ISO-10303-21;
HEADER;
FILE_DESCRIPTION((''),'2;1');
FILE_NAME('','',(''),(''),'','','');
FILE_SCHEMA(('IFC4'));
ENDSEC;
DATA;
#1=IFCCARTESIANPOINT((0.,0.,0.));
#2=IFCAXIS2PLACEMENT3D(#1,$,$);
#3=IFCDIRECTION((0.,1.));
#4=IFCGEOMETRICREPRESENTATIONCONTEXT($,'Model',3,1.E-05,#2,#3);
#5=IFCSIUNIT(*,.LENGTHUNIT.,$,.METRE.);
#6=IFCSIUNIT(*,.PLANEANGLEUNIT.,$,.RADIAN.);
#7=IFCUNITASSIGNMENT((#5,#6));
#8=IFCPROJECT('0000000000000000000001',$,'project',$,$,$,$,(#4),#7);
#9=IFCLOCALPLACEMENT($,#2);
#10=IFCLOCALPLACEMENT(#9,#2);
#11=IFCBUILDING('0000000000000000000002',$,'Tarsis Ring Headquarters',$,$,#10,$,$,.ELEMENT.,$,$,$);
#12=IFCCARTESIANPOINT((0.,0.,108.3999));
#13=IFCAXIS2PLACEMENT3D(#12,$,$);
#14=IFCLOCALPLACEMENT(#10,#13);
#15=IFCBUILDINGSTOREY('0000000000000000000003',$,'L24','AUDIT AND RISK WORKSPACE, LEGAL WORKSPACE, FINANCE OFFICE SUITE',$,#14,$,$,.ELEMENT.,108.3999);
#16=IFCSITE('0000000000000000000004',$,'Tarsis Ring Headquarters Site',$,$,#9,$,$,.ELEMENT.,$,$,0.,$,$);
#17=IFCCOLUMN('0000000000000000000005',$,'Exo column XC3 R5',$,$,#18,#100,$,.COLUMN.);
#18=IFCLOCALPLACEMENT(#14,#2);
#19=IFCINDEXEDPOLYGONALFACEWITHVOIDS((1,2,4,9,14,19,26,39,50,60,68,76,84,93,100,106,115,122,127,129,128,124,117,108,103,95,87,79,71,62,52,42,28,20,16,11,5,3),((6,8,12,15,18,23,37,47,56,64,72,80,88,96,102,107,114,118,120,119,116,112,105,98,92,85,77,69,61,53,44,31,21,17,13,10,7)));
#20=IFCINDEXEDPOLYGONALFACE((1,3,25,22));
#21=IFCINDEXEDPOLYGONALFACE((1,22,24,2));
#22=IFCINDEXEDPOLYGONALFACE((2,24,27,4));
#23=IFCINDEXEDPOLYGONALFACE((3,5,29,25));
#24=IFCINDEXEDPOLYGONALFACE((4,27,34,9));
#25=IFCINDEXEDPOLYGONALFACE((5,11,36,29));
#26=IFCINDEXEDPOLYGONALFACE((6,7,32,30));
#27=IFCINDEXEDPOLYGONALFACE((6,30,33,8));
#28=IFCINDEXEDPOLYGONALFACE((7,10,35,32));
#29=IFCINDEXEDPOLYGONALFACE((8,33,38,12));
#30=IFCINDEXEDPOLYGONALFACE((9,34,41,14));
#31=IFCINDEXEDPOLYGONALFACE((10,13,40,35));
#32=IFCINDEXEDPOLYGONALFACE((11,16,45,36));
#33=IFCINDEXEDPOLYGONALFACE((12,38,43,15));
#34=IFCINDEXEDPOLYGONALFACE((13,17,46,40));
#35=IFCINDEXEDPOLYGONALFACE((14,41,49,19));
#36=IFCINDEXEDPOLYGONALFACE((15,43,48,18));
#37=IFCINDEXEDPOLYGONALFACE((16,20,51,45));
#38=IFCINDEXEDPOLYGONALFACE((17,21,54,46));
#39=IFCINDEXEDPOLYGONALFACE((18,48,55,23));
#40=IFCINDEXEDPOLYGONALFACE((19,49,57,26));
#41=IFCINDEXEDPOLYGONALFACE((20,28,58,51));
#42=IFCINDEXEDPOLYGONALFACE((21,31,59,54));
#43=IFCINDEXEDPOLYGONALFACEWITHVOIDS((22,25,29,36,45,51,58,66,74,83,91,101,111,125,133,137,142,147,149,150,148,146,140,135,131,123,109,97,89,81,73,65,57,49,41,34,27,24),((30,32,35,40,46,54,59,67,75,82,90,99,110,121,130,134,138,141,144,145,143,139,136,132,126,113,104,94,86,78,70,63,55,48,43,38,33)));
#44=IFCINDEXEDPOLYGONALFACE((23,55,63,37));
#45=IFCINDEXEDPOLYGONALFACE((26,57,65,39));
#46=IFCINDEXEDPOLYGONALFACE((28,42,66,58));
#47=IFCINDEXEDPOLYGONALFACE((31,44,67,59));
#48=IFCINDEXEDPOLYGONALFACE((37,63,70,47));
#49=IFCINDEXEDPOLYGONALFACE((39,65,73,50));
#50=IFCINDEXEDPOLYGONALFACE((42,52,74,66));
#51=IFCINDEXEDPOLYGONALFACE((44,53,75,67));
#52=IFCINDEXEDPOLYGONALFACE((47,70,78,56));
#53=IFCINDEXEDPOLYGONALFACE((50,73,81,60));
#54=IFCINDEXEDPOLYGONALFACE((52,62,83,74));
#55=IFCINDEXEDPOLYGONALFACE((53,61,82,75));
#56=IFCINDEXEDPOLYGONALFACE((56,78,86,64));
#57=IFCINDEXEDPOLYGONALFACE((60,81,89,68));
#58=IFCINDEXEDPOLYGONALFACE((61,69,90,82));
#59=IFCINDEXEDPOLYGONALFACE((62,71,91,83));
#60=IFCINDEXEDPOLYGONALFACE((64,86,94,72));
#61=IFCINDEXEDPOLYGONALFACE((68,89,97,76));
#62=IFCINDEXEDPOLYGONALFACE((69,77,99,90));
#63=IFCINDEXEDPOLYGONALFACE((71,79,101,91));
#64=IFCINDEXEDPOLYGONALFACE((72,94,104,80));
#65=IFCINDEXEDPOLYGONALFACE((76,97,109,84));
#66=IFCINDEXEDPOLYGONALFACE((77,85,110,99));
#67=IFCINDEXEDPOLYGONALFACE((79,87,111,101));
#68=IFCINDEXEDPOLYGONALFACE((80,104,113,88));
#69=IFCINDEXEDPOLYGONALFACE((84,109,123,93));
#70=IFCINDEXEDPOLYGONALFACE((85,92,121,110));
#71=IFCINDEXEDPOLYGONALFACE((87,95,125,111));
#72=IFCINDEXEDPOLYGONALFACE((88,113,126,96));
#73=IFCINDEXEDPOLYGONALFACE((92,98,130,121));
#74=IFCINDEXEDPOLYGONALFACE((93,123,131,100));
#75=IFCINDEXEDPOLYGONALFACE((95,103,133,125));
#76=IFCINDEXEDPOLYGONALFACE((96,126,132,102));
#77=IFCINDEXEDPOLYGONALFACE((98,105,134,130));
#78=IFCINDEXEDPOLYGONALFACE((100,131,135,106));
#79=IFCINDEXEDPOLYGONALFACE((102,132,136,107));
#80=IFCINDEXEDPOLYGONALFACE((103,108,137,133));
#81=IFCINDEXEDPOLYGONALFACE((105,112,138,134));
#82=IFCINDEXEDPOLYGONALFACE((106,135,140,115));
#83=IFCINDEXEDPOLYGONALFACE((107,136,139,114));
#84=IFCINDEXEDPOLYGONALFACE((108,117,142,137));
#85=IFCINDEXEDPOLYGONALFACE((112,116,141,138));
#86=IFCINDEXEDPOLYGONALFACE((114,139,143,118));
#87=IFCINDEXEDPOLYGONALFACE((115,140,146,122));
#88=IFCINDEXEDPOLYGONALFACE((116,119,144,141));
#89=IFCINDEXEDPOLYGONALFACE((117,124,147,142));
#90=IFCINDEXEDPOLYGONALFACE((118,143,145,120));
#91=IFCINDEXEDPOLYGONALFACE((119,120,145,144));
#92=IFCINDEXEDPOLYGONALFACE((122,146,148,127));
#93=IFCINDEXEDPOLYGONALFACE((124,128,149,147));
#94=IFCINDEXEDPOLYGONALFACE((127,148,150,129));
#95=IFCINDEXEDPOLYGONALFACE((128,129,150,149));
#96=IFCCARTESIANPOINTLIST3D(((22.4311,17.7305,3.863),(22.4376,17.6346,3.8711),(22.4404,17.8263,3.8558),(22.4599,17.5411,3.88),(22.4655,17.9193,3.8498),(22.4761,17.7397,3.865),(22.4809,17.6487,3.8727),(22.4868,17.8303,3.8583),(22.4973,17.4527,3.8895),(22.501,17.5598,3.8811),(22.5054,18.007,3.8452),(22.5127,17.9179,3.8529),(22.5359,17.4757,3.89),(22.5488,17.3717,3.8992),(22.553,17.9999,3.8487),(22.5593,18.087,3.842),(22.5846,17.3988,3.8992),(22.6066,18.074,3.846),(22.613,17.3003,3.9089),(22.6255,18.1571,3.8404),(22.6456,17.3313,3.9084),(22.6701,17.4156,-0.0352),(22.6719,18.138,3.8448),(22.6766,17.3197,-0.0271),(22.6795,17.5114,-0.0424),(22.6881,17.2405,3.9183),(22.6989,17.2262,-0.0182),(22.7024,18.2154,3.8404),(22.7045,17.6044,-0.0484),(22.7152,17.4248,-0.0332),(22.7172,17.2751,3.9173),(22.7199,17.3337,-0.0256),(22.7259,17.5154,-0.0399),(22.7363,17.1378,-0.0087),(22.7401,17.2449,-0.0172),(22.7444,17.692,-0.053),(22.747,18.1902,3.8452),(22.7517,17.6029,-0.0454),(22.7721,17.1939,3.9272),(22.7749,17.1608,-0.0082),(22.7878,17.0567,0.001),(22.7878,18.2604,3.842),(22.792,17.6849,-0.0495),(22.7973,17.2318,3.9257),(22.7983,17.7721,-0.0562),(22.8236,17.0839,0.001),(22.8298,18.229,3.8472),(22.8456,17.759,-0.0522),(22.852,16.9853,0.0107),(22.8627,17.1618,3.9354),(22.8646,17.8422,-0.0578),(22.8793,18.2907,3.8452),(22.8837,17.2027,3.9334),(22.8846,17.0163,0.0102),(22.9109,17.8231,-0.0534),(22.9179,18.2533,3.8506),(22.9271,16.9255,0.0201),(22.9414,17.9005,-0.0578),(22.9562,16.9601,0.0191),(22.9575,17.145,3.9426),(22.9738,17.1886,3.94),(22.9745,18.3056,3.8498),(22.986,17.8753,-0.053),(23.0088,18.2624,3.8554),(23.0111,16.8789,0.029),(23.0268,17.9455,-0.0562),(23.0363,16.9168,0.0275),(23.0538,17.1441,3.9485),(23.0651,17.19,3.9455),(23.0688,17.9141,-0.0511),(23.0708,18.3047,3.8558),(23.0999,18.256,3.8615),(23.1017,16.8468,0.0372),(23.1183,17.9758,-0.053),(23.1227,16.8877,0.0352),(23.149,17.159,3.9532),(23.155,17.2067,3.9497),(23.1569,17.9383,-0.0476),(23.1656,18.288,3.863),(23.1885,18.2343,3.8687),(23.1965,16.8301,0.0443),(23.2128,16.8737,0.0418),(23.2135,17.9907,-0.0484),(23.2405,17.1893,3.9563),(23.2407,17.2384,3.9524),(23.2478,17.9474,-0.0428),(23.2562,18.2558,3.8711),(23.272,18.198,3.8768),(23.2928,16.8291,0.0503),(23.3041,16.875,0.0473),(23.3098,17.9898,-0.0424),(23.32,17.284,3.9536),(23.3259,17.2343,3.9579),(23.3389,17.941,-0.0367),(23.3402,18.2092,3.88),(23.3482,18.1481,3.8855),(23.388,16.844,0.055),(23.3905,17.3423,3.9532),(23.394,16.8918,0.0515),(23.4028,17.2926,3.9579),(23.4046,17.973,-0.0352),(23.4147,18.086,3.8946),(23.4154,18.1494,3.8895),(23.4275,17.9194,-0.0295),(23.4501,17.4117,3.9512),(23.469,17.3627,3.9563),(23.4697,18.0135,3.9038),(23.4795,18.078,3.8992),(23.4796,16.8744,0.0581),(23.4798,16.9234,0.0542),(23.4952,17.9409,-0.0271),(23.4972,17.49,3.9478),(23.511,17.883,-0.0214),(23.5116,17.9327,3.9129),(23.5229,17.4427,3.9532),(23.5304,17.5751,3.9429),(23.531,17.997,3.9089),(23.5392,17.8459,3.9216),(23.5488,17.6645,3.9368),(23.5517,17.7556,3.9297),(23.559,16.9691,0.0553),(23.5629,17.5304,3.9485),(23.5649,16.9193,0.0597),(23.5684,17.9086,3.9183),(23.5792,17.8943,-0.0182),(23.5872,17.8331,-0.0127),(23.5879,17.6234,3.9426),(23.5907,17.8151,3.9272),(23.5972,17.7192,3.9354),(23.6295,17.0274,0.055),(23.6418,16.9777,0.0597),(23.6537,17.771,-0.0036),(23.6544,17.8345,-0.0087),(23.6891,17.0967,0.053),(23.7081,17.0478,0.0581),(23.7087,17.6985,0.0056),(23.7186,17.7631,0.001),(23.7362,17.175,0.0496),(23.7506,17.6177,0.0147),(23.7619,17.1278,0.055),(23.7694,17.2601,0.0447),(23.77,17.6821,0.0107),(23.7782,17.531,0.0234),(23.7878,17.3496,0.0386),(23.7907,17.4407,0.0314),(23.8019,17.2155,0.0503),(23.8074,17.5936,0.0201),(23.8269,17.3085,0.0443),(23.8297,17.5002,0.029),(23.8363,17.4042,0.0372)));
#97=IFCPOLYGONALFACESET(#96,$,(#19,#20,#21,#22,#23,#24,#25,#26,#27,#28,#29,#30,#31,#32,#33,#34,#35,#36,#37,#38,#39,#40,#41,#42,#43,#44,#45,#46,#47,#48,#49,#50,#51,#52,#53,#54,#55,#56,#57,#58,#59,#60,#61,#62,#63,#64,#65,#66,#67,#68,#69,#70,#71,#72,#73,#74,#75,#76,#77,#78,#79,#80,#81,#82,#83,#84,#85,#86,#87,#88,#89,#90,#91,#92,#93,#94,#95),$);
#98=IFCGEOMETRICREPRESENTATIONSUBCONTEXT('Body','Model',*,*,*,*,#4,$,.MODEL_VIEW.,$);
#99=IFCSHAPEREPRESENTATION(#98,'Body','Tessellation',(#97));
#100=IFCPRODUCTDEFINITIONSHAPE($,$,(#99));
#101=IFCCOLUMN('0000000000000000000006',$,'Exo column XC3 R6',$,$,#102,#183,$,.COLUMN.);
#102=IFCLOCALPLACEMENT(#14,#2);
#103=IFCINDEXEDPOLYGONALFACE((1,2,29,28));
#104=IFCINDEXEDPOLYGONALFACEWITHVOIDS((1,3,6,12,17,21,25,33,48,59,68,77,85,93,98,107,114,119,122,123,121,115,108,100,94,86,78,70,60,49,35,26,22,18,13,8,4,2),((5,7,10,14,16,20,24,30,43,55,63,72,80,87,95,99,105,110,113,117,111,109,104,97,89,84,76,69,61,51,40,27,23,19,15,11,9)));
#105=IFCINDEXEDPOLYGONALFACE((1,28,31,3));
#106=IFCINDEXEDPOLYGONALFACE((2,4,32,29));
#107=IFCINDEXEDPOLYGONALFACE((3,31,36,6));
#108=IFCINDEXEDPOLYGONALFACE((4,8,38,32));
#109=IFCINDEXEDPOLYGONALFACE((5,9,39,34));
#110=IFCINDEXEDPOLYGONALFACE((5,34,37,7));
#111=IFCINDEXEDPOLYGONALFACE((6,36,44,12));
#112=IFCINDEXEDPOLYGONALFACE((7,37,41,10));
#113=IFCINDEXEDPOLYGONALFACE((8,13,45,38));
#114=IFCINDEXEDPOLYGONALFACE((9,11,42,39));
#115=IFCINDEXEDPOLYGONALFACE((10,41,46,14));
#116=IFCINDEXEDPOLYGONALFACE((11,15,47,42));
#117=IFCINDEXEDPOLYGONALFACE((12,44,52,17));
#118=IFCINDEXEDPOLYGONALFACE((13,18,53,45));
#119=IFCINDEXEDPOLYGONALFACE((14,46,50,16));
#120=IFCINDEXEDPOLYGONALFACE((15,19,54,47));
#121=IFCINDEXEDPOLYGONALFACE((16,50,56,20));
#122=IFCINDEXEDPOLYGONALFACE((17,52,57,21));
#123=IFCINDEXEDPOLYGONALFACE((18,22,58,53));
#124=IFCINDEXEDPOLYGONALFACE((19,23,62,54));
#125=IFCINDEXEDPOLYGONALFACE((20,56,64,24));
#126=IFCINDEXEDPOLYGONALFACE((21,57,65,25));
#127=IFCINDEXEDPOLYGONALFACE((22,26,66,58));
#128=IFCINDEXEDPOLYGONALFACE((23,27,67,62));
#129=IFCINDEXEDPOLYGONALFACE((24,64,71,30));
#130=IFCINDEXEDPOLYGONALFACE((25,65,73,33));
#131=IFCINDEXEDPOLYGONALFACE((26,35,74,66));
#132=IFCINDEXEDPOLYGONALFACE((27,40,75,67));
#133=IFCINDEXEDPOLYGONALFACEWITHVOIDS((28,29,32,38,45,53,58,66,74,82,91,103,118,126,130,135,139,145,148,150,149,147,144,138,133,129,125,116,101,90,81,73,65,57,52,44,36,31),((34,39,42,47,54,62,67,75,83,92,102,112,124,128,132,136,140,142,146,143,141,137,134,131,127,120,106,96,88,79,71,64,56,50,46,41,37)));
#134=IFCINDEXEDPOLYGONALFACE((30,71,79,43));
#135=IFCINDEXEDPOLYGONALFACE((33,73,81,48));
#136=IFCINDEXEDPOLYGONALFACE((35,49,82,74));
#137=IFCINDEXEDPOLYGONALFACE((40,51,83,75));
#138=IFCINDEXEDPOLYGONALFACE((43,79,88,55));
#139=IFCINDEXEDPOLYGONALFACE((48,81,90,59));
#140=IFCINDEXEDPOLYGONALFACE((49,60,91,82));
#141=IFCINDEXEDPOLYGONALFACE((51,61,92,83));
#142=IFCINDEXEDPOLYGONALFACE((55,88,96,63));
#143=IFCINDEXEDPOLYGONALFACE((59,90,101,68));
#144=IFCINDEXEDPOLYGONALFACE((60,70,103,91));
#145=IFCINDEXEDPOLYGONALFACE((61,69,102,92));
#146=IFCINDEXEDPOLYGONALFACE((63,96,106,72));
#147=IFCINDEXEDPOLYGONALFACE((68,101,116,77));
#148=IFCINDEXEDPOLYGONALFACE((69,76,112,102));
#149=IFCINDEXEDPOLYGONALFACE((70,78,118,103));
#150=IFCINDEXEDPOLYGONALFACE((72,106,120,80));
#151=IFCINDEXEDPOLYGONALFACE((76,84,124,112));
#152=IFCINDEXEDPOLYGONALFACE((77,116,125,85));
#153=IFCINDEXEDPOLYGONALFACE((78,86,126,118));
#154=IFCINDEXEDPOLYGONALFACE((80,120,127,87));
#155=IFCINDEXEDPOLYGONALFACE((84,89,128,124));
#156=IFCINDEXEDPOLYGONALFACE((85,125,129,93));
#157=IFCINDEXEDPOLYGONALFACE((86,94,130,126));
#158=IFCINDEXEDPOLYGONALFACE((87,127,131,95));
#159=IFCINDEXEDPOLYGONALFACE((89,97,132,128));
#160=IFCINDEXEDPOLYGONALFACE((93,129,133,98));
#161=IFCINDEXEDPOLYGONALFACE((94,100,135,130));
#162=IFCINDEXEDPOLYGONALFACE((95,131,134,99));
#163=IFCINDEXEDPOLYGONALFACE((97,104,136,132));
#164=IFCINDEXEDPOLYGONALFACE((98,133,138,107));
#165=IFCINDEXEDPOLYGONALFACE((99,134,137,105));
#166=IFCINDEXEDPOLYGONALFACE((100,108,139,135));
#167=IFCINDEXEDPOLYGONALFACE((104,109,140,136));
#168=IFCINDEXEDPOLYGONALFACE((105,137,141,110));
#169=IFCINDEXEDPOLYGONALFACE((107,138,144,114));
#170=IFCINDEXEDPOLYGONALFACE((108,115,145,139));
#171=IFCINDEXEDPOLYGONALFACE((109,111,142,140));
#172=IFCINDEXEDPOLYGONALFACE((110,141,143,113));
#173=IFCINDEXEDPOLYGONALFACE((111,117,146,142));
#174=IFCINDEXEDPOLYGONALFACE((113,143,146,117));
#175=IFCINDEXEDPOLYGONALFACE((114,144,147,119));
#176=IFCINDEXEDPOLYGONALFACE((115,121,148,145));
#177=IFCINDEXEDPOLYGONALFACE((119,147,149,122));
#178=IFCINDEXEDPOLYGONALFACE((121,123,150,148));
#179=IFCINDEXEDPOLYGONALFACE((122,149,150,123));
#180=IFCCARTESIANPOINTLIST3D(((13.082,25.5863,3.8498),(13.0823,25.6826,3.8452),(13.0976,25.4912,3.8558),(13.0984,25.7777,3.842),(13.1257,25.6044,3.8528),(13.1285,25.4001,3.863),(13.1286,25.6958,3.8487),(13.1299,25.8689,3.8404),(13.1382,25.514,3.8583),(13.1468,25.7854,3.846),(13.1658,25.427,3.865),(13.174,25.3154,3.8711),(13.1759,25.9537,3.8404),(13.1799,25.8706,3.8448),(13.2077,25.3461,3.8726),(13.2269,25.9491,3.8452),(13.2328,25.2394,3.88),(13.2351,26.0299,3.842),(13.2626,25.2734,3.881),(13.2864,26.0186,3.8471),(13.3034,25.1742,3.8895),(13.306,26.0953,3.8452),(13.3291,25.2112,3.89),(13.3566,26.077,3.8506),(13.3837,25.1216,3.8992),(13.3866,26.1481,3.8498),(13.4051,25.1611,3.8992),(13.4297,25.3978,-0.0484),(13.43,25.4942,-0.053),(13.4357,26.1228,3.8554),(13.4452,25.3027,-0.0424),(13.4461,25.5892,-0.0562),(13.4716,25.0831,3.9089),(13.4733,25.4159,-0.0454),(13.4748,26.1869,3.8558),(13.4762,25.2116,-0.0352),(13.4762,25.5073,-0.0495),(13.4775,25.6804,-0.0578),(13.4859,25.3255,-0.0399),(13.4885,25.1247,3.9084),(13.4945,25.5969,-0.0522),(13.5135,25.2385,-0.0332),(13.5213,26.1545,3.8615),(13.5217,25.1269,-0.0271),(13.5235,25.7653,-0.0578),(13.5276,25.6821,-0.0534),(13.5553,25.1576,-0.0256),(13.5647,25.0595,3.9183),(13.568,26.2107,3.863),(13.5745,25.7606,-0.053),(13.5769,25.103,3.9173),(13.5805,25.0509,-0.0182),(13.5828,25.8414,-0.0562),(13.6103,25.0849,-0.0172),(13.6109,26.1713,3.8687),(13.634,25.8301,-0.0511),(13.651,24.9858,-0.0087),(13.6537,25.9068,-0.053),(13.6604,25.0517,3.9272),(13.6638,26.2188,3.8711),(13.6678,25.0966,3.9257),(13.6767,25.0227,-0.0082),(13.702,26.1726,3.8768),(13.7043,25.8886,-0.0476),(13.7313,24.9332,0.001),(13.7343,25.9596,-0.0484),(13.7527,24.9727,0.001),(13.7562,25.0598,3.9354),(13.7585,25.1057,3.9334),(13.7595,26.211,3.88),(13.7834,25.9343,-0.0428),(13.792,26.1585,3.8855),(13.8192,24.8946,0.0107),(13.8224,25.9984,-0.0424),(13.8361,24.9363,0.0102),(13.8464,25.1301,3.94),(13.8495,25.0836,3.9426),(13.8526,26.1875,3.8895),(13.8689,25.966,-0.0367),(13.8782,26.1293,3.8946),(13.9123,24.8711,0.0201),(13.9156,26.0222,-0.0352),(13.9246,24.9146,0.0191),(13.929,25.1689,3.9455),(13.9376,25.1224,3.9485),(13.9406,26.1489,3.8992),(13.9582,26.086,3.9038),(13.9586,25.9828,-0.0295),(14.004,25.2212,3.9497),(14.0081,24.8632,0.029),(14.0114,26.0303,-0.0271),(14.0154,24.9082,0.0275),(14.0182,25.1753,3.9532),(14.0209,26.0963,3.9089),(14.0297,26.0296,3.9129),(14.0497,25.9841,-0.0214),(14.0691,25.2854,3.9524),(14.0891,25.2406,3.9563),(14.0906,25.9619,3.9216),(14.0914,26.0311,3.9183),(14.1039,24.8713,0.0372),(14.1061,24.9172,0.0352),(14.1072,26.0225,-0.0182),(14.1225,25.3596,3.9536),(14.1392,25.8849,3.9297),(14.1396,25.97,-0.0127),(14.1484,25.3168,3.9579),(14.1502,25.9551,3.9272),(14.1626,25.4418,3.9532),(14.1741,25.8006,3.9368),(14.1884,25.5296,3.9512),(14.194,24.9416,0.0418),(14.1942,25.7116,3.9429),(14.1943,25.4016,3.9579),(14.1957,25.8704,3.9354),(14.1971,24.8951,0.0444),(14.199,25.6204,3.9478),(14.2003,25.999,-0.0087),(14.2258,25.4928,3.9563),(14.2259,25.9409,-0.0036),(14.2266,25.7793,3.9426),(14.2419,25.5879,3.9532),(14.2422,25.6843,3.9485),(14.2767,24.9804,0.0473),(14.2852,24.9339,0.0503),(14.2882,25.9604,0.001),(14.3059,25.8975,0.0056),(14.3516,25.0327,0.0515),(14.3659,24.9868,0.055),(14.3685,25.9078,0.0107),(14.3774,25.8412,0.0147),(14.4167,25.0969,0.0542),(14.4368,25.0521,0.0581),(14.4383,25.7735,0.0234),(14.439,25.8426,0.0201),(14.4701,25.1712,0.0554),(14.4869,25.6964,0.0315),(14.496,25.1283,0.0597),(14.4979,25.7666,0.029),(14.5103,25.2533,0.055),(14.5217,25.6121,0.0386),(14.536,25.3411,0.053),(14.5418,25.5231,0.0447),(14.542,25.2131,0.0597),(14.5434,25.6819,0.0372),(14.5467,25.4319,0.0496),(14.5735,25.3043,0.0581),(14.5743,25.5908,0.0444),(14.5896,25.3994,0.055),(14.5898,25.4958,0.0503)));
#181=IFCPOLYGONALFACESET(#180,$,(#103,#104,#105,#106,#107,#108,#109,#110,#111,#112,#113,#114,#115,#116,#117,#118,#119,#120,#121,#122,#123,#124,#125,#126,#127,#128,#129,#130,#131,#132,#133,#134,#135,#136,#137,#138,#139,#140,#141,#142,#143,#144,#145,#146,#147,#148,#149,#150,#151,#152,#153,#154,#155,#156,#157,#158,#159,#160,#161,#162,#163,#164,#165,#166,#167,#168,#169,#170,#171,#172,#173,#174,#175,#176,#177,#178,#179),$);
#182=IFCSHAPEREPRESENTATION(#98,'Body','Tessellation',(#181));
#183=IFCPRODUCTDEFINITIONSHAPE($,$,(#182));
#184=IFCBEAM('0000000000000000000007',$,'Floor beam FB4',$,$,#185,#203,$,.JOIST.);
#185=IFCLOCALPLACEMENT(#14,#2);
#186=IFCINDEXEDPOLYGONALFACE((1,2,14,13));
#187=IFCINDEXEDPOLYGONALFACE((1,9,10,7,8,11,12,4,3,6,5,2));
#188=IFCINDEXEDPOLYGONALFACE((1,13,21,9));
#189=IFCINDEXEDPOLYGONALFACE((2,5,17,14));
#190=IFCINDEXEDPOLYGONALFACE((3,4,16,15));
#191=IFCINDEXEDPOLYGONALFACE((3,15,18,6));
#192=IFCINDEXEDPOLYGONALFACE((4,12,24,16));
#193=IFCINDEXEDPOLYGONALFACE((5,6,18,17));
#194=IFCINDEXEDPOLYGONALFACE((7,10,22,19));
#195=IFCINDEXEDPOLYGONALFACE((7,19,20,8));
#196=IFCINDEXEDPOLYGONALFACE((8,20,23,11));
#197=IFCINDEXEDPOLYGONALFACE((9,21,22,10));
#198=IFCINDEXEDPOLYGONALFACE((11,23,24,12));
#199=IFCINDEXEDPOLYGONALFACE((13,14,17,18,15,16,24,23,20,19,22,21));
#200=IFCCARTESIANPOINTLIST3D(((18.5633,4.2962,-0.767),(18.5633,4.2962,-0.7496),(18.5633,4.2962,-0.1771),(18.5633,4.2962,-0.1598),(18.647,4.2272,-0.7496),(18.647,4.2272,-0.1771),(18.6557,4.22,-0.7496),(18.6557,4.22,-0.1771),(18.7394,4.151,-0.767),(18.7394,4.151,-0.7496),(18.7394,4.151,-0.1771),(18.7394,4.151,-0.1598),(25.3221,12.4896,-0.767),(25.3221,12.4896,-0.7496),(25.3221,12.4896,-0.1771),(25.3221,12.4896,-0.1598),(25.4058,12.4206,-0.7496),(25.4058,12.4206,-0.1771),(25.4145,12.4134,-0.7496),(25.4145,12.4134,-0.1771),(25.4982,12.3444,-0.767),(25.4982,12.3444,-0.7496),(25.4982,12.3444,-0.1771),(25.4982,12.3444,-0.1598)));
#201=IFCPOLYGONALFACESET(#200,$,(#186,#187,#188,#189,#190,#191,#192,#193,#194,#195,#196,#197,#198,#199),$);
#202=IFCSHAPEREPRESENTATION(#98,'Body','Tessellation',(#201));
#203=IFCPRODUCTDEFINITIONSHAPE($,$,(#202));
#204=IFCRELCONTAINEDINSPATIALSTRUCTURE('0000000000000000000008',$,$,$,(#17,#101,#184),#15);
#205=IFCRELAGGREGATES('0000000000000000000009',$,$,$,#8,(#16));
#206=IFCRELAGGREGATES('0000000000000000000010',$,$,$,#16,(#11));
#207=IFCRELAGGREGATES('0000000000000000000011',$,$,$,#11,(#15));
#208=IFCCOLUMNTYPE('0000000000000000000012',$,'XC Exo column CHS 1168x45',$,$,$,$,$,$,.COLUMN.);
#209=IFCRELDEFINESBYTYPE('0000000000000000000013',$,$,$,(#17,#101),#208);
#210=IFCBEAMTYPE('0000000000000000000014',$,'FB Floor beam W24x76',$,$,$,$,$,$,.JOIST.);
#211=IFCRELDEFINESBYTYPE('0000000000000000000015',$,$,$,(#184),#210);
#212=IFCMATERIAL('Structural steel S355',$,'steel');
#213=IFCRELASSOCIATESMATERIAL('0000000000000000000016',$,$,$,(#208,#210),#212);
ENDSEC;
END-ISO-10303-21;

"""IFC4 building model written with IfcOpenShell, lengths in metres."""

from ifc_helpers import new_model, si_unit, direction, frame, origin, origin_2d, place, context, subcontext, project, spatial, hollow_circle, i_section, extrude, material, material_profile, profile_set, type_object, element, save


model = new_model("IFC4")

# Units and contexts
model_context = context("Model", 3, precision=1e-05, world=origin(), true_north=direction((0.0, 1.0)))
body_context = subcontext(model_context, "Body", "Model", "MODEL_VIEW")
ifc_project = project(units=[si_unit("LENGTHUNIT", "METRE"), si_unit("PLANEANGLEUNIT", "RADIAN")], contexts=[model_context])

# Site, building, storey
site_placement = place(None, origin())
site = spatial("IfcSite", under=ifc_project, at=site_placement, Name="Tarsis Ring Headquarters Site", CompositionType="ELEMENT", RefElevation=0.0)
building_placement = place(site_placement, origin())
building = spatial("IfcBuilding", under=site, at=building_placement, Name="Tarsis Ring Headquarters", CompositionType="ELEMENT")
storey_placement = place(building_placement, frame((0.0, 0.0, 108.3999)))
storey = spatial("IfcBuildingStorey", under=building, at=storey_placement, Name="L24", Description="AUDIT AND RISK WORKSPACE, LEGAL WORKSPACE, FINANCE OFFICE SUITE", CompositionType="ELEMENT", Elevation=108.3999)

# Columns
ifc_material_1 = material(Name="Structural steel S355", Category="steel")
ifc_material_profile_1 = material_profile(ifc_material_1, hollow_circle(Radius=0.5842, WallThickness=0.0449, at=origin_2d()), Name="CHS 1168x45")
ifc_profile_set_1 = profile_set([ifc_material_profile_1], Name="Structural steel S355")
column_type = type_object("IfcColumnType", Name="XC Exo column CHS 1168x45", PredefinedType="COLUMN", material=ifc_profile_set_1)
for number, where, z_axis, x_axis, name in (
    (1, (23.2532, 17.4099, 0.001), (-0.061001, 0.080379, 0.994896), (-0.796578, -0.604535, 0.0), "Exo column XC3 R5"),
    (2, (14.0098, 25.4468, 0.001), (-0.088729, 0.048103, 0.994894), (-0.476601, -0.87912, 0.0), "Exo column XC3 R6"),
):
    element("IfcColumn", number, at=place(storey_placement, frame(where, z_axis=z_axis, x_axis=x_axis)), inside=storey, type_object=column_type, Name=name, PredefinedType="COLUMN", context=body_context, shape_type="SweptSolid", body=[
        extrude(hollow_circle(Radius=0.5842, WallThickness=0.0449, at=origin_2d()), origin(), (0.0, 0.0, 1.0), 3.9182),
    ])

# Beam
ifc_material_profile_2 = material_profile(ifc_material_1, i_section(OverallWidth=0.2283, OverallDepth=0.6072, WebThickness=0.0112, FlangeThickness=0.0173, at=origin_2d()), Name="W24x76")
ifc_profile_set_2 = profile_set([ifc_material_profile_2], Name="Structural steel S355")
beam_type_1 = type_object("IfcBeamType", Name="FB Floor beam W24x76", PredefinedType="JOIST", material=ifc_profile_set_2)
beam_1_placement = place(storey_placement, frame((25.4102, 12.417, -0.4634), z_axis=(-0.636342, -0.771407, 0.0), x_axis=(0.771407, -0.636342, 0.0)))
element("IfcBeam", 3, at=beam_1_placement, inside=storey, type_object=beam_type_1, Name="Floor beam FB4", PredefinedType="JOIST", context=body_context, shape_type="SweptSolid", body=[
    extrude(i_section(OverallWidth=0.2283, OverallDepth=0.6072, WebThickness=0.0112, FlangeThickness=0.0173, at=origin_2d()), origin(), (0.0, 0.0, 1.0), 10.6213),
])

save(model, "model.ifc")
